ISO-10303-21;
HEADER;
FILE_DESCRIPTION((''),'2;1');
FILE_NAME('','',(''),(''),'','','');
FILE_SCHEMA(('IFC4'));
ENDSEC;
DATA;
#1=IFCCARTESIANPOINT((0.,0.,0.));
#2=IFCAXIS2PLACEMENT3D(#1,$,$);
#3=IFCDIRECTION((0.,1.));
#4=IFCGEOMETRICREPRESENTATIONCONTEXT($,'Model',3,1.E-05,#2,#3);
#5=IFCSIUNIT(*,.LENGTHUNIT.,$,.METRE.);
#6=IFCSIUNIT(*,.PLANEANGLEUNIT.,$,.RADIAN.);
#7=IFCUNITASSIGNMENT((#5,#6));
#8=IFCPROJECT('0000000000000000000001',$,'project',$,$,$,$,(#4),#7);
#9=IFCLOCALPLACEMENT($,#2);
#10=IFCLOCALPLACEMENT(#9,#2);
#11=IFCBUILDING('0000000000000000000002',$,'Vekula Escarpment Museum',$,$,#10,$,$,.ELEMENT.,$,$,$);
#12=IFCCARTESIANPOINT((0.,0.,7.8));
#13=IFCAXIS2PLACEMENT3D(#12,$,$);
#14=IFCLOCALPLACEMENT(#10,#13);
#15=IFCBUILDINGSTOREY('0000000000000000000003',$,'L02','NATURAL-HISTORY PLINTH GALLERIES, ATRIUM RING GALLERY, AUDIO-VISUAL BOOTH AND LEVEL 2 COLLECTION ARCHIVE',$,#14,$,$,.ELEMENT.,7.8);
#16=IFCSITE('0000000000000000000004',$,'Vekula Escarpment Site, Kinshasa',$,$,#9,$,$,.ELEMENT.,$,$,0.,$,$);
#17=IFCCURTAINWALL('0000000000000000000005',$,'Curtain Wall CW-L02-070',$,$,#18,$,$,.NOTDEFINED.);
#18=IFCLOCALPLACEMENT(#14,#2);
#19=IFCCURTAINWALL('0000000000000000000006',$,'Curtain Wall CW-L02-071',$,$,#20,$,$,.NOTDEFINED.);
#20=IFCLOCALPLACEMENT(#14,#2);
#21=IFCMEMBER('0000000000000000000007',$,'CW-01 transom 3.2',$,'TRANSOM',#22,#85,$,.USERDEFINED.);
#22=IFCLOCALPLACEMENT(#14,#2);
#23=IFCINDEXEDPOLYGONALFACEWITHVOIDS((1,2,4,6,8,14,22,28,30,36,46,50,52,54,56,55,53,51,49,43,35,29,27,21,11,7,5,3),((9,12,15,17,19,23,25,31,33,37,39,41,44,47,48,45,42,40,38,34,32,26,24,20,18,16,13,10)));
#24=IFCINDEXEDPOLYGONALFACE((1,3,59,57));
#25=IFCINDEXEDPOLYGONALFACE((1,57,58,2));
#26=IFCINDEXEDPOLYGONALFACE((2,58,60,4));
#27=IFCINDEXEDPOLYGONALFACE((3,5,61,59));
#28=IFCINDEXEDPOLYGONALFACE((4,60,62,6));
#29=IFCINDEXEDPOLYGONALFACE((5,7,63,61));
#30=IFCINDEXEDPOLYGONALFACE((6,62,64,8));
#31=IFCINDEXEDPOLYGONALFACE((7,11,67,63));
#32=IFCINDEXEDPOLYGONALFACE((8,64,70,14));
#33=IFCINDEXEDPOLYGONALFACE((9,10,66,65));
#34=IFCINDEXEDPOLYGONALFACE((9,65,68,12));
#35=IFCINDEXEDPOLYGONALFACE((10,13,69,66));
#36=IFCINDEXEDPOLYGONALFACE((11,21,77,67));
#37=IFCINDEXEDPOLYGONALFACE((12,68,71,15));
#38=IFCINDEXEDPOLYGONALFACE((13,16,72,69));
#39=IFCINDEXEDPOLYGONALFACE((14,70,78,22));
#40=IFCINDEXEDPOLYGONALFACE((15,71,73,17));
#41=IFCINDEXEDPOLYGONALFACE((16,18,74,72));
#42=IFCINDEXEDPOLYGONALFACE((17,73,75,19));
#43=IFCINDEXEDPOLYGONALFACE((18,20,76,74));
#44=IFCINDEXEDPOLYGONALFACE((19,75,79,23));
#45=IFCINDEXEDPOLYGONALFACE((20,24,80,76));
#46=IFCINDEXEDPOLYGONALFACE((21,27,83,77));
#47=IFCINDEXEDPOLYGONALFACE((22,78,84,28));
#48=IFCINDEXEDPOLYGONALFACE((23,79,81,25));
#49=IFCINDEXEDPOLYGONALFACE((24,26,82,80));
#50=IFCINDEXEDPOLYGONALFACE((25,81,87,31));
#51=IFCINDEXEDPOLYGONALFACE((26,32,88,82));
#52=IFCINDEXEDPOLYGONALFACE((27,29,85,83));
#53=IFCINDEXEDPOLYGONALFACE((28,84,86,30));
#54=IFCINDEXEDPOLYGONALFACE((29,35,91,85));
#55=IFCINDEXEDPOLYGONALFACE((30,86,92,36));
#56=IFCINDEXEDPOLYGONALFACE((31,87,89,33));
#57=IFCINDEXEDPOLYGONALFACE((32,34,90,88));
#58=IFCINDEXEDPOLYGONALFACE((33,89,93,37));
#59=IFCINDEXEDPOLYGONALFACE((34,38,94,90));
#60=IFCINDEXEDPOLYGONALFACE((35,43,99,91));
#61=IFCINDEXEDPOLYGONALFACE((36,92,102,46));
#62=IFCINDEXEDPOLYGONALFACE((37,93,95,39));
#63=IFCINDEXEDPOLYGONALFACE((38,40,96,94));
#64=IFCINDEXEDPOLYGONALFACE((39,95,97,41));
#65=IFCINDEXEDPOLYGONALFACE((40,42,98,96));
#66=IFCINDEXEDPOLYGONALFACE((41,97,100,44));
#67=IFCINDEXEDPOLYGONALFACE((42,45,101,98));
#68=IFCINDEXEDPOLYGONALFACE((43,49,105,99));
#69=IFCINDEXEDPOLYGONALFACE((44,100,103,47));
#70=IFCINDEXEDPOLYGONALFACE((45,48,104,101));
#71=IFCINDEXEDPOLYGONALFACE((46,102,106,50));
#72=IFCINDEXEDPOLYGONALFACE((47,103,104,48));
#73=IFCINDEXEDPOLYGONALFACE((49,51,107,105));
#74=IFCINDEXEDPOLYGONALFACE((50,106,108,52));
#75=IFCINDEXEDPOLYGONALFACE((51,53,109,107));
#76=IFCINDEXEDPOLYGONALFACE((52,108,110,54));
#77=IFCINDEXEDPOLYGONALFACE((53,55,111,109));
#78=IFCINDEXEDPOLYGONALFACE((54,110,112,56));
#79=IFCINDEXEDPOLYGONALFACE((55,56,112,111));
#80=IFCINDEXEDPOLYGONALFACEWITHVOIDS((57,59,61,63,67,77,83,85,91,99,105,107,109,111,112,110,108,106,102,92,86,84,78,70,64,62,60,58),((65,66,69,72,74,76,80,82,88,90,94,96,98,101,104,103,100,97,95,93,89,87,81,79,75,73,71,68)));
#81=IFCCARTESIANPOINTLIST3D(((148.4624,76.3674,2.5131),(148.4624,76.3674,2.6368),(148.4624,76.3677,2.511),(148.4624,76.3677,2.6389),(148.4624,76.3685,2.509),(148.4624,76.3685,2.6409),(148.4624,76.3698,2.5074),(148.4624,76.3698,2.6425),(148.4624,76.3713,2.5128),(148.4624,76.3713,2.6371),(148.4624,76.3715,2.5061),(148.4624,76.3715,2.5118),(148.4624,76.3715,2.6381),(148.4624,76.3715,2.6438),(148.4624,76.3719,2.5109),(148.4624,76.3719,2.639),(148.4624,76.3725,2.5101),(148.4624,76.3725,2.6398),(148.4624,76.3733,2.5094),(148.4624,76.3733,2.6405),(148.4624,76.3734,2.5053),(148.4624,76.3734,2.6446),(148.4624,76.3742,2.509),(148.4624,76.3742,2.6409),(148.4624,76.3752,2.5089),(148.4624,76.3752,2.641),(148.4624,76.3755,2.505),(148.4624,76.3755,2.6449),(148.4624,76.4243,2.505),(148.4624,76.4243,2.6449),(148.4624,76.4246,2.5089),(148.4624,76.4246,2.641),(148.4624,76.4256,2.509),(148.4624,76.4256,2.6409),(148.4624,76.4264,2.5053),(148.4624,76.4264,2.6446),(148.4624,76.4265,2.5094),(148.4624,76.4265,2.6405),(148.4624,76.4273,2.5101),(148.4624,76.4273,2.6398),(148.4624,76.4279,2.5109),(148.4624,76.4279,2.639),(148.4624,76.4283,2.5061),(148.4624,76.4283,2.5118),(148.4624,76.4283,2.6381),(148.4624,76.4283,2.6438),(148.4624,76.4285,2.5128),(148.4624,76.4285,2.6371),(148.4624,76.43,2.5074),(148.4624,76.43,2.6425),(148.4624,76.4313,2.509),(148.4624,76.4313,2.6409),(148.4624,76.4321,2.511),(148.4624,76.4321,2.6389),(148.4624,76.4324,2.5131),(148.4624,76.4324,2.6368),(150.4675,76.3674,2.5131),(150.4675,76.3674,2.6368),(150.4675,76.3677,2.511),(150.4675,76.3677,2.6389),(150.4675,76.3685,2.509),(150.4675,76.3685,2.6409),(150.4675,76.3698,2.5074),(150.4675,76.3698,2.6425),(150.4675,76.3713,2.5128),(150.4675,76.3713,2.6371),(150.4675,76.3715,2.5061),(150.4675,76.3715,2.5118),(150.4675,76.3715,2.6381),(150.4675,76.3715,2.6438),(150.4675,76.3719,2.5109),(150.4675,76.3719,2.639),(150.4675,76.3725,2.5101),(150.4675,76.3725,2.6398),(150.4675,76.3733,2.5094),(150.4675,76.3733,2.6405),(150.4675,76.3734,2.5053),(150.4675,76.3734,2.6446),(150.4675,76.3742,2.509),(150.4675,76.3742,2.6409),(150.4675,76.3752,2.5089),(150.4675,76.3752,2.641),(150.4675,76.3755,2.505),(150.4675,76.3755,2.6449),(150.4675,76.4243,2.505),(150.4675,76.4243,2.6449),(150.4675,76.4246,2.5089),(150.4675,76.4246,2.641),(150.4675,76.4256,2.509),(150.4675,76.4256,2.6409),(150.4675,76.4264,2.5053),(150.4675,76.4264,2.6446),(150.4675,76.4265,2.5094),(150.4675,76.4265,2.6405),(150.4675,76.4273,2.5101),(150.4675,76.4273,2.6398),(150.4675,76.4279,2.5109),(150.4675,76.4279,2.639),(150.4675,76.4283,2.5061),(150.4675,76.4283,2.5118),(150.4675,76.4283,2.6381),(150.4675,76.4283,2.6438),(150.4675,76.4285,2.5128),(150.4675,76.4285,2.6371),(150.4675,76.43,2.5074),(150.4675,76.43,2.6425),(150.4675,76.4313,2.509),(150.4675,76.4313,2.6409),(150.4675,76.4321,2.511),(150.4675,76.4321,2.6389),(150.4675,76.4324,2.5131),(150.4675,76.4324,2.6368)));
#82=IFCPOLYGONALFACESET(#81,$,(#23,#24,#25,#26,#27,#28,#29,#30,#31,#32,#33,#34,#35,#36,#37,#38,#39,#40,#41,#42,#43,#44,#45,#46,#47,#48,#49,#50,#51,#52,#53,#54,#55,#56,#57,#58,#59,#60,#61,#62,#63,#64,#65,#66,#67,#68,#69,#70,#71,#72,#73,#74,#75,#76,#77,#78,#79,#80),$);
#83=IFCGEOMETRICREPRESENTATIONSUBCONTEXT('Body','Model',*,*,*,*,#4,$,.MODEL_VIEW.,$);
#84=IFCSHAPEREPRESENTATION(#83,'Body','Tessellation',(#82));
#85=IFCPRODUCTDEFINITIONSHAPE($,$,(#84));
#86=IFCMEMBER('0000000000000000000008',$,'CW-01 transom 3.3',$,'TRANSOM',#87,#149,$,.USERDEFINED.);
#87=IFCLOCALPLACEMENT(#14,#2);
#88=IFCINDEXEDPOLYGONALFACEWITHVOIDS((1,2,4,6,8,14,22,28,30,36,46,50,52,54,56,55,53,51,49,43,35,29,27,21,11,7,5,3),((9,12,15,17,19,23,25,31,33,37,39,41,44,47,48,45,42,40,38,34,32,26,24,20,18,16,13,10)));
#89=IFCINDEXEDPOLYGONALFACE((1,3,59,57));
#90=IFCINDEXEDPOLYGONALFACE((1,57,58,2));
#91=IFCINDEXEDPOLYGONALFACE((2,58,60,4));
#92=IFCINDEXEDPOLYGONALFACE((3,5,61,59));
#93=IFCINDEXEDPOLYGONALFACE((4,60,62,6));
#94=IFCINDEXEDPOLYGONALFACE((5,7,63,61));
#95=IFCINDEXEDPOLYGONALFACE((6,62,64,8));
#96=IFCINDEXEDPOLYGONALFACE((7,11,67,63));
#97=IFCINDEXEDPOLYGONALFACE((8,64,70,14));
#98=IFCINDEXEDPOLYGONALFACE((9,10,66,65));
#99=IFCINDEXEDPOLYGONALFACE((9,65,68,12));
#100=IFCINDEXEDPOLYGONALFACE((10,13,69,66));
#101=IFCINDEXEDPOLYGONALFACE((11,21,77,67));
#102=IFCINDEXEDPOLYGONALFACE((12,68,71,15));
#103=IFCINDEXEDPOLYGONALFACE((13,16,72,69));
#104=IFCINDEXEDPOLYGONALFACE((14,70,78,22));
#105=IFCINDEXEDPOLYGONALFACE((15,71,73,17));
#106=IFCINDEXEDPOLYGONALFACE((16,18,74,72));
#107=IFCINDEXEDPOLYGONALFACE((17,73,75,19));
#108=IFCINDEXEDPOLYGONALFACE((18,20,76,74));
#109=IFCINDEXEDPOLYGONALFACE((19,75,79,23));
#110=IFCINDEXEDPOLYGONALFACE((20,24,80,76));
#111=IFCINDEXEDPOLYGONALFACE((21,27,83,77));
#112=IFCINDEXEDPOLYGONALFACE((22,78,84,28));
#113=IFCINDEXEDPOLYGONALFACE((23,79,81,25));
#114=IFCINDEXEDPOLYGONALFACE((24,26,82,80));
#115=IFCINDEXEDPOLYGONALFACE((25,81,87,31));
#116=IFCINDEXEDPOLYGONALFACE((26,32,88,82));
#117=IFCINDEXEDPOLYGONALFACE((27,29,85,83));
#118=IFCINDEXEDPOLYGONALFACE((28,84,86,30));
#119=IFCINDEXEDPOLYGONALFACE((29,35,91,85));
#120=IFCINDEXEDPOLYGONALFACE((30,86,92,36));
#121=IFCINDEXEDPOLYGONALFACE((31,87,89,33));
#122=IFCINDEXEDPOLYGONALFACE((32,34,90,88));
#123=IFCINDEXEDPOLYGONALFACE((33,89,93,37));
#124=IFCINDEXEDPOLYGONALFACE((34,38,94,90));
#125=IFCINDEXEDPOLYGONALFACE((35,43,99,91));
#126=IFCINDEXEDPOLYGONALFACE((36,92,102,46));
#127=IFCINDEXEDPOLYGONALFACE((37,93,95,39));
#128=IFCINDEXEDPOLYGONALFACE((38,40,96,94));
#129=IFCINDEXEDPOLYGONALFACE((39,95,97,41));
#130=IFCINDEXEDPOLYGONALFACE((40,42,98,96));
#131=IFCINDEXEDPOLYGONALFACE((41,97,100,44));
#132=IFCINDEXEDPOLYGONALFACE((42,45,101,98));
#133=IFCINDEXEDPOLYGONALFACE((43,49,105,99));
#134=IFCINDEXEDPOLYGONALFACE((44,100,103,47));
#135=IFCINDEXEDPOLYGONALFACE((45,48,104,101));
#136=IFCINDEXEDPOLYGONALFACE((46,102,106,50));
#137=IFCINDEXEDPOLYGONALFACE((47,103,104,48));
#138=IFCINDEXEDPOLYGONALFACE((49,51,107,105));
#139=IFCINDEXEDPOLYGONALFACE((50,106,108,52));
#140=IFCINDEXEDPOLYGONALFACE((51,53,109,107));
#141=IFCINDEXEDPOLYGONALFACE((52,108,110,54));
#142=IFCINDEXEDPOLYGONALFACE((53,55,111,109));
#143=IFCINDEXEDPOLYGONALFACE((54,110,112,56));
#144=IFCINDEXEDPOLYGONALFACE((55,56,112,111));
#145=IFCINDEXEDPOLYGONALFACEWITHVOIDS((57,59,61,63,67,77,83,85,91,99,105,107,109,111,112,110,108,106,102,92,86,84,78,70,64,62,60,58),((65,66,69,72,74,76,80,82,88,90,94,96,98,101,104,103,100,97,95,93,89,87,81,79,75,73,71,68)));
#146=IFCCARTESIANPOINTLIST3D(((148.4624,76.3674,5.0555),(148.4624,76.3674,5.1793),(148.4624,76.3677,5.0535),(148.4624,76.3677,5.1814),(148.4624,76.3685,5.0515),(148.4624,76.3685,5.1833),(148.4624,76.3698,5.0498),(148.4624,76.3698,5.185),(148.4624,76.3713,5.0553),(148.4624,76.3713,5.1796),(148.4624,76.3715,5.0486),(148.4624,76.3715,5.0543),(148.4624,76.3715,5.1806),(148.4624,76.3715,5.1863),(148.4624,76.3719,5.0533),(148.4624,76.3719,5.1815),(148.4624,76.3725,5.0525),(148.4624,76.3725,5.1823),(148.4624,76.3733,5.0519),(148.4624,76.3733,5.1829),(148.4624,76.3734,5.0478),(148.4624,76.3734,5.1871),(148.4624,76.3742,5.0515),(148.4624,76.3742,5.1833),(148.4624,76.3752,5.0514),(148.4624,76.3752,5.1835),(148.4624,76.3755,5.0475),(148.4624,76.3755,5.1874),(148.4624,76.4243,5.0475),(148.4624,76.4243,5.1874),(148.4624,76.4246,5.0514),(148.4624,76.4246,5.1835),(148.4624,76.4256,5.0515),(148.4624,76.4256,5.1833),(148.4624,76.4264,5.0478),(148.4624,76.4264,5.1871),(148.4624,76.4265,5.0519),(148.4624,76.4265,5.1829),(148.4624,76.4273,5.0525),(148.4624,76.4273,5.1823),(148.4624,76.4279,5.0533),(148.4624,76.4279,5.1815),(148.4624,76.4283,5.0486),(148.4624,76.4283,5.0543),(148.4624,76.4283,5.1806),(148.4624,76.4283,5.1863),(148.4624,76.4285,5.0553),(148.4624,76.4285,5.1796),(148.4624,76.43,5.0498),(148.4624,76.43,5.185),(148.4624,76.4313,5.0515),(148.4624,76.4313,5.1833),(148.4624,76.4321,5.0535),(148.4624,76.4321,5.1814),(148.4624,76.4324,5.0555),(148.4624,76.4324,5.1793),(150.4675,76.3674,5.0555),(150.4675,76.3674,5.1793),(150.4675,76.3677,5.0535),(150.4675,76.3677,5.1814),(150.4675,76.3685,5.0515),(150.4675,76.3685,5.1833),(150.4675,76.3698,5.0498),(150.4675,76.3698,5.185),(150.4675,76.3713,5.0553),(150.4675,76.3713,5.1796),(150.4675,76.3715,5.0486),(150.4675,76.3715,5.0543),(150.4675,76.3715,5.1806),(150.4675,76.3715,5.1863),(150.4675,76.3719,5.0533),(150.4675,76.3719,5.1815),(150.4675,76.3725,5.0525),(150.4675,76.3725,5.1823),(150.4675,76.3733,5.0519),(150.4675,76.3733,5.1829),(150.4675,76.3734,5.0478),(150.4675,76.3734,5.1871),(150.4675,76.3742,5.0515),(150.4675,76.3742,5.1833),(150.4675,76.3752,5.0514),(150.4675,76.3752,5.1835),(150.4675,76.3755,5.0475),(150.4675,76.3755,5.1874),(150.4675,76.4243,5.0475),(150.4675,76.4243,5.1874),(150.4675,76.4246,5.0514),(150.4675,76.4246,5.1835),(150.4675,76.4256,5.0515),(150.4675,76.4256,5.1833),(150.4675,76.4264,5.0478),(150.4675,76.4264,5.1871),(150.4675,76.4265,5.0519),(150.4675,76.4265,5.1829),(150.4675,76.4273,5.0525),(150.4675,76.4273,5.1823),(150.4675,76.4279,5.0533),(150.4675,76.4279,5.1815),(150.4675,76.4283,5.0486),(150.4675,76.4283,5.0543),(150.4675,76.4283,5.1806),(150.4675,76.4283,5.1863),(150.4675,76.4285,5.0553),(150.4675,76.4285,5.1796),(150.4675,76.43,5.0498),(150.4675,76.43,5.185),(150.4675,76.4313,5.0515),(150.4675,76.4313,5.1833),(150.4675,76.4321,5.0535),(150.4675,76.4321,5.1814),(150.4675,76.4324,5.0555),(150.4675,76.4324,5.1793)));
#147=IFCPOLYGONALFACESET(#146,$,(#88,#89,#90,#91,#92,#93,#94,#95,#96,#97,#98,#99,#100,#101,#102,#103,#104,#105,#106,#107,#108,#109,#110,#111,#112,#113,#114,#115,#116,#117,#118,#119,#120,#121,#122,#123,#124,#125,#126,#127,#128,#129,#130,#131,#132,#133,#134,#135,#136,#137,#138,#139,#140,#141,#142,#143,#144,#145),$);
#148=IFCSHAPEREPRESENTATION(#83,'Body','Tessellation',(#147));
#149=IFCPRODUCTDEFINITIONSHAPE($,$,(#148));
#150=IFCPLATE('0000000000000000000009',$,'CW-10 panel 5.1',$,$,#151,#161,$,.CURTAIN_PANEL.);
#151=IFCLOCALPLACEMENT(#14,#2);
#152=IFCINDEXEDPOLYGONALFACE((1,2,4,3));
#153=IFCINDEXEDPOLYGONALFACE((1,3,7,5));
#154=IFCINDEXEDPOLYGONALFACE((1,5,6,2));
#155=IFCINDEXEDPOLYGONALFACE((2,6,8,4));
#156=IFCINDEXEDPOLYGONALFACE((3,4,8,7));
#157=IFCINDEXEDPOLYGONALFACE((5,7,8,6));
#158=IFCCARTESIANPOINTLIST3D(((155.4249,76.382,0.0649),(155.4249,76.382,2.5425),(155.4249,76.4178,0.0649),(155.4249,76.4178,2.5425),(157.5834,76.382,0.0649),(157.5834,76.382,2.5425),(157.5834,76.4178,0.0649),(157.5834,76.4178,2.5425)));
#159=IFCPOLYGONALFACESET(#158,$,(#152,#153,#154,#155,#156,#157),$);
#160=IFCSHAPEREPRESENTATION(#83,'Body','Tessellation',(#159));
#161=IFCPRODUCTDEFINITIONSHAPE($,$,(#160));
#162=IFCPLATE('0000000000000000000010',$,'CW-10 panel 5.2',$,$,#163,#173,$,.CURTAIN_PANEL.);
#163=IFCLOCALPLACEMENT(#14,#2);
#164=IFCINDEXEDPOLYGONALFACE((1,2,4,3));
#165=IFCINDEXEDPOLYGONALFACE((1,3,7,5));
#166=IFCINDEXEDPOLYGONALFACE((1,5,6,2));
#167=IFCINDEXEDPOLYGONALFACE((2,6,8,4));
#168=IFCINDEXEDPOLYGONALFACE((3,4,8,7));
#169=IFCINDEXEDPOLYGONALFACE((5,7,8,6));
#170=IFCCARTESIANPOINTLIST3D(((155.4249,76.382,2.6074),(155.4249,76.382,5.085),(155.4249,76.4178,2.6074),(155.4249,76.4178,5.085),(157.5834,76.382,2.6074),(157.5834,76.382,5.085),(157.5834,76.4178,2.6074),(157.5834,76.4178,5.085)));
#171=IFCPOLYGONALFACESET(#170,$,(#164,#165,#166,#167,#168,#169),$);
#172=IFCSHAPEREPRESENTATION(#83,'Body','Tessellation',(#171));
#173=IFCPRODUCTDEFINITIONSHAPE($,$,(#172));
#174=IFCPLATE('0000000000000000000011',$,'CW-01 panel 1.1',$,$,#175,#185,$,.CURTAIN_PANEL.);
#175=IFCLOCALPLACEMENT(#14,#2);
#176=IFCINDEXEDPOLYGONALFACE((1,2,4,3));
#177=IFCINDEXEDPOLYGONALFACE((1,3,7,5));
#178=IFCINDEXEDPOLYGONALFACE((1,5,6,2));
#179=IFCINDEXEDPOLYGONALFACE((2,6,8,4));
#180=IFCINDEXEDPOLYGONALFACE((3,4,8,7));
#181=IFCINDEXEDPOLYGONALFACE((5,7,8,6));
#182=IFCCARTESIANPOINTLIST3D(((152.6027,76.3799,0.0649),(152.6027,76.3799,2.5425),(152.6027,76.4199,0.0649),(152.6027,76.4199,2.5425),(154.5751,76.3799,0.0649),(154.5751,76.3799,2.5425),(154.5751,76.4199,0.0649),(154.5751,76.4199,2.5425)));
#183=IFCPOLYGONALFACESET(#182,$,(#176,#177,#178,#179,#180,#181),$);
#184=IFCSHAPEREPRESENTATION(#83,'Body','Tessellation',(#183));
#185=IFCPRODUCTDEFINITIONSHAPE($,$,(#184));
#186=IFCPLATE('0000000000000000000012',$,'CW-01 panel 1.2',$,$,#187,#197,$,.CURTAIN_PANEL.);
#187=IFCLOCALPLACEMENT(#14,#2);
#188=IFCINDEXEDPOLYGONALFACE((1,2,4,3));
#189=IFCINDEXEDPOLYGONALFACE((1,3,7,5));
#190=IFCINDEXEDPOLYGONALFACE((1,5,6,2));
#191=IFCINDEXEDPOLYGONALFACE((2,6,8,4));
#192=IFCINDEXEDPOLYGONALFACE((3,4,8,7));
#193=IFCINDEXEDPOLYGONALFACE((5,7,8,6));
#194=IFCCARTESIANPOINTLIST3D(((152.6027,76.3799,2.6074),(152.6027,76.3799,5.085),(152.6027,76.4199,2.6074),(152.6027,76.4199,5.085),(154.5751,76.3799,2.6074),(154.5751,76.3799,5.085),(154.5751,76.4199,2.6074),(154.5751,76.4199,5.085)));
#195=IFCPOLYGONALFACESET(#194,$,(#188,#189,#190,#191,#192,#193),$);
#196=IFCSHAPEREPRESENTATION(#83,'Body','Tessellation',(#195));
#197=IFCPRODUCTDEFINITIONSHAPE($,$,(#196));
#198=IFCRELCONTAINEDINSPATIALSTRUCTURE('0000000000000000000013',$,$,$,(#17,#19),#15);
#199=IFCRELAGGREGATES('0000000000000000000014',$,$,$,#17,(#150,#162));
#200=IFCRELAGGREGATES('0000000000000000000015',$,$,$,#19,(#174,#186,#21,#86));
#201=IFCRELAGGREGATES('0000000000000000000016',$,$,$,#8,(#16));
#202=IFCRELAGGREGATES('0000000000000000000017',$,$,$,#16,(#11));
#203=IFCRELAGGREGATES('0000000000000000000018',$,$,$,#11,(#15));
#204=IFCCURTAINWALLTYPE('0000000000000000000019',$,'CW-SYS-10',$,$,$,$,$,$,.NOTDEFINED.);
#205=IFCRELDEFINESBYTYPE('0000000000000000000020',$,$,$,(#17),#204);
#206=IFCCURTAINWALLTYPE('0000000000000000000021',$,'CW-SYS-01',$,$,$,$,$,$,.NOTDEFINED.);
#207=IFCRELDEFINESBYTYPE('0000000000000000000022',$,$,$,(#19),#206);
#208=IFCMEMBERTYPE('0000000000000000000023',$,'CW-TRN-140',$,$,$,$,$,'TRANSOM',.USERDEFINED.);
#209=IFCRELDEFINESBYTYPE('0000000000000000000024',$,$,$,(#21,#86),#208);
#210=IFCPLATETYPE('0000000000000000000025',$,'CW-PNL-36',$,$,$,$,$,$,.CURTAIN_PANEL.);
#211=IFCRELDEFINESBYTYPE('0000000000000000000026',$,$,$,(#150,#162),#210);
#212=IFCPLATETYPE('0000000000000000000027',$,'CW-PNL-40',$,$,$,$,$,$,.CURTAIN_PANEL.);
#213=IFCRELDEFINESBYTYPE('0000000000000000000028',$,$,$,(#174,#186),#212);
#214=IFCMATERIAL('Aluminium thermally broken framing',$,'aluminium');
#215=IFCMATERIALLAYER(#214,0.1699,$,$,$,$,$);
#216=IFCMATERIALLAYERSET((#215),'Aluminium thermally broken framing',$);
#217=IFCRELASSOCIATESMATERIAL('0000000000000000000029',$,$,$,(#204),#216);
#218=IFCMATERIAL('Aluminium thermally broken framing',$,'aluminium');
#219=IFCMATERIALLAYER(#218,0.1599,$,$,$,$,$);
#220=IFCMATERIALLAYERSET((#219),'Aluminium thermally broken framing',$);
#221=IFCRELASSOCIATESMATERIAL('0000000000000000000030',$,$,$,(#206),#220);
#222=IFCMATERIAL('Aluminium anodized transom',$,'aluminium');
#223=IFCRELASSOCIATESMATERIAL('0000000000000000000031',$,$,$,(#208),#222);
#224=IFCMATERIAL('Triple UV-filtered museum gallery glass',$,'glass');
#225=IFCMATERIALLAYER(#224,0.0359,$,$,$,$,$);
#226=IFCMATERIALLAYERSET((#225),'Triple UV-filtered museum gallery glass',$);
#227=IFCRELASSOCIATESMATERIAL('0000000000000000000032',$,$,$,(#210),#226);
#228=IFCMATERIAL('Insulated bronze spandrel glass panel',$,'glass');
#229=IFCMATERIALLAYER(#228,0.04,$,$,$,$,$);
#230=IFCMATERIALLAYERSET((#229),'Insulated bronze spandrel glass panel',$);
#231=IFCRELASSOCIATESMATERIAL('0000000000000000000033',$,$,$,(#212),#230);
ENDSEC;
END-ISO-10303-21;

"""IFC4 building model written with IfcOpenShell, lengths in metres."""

from ifc_helpers import new_model, si_unit, direction, frame, origin, origin_2d, place, context, subcontext, project, spatial, rectangle, hollow_rectangle, extrude, material, layer, layer_set, material_profile, profile_set, type_object, element, aggregate, save


model = new_model("IFC4")

# Units and contexts
model_context = context("Model", 3, precision=1e-05, world=origin(), true_north=direction((0.0, 1.0)))
body_context = subcontext(model_context, "Body", "Model", "MODEL_VIEW")
ifc_project = project(units=[si_unit("LENGTHUNIT", "METRE"), si_unit("PLANEANGLEUNIT", "RADIAN")], contexts=[model_context])

# Site, building, storey
site_placement = place(None, origin())
site = spatial("IfcSite", under=ifc_project, at=site_placement, Name="Vekula Escarpment Site, Kinshasa", CompositionType="ELEMENT", RefElevation=0.0)
building_placement = place(site_placement, origin())
building = spatial("IfcBuilding", under=site, at=building_placement, Name="Vekula Escarpment Museum", CompositionType="ELEMENT")
storey_placement = place(building_placement, frame((0.0, 0.0, 7.8)))
storey = spatial("IfcBuildingStorey", under=building, at=storey_placement, Name="L02", Description="NATURAL-HISTORY PLINTH GALLERIES, ATRIUM RING GALLERY, AUDIO-VISUAL BOOTH AND LEVEL 2 COLLECTION ARCHIVE", CompositionType="ELEMENT", Elevation=7.8)

# Curtain wall
ifc_material_1 = material(Name="Aluminium thermally broken framing", Category="aluminium")
ifc_layer_1 = layer(ifc_material_1, 0.1699)
ifc_layer_set_1 = layer_set([ifc_layer_1], Name="Aluminium thermally broken framing")
curtain_wall_type_1 = type_object("IfcCurtainWallType", Name="CW-SYS-10", PredefinedType="NOTDEFINED", material=ifc_layer_set_1)
curtain_wall_1_placement = place(storey_placement, origin())
curtain_wall_1 = element("IfcCurtainWall", 1, at=curtain_wall_1_placement, inside=storey, type_object=curtain_wall_type_1, Name="Curtain Wall CW-L02-070", PredefinedType="NOTDEFINED")

# Curtain wall
ifc_material_2 = material(Name="Aluminium thermally broken framing", Category="aluminium")
ifc_layer_2 = layer(ifc_material_2, 0.1599)
ifc_layer_set_2 = layer_set([ifc_layer_2], Name="Aluminium thermally broken framing")
curtain_wall_type_2 = type_object("IfcCurtainWallType", Name="CW-SYS-01", PredefinedType="NOTDEFINED", material=ifc_layer_set_2)
curtain_wall_2_placement = place(storey_placement, origin())
curtain_wall_2 = element("IfcCurtainWall", 2, at=curtain_wall_2_placement, inside=storey, type_object=curtain_wall_type_2, Name="Curtain Wall CW-L02-071", PredefinedType="NOTDEFINED")

# Members
ifc_material_3 = material(Name="Aluminium anodized transom", Category="aluminium")
ifc_material_profile_1 = material_profile(ifc_material_3, hollow_rectangle(XDim=0.0649, YDim=0.1399, WallThickness=0.0039, InnerFilletRadius=0.0039, OuterFilletRadius=0.0081, at=origin_2d()), Name="ALU 140x65x4")
ifc_profile_set_1 = profile_set([ifc_material_profile_1], Name="Aluminium anodized transom")
member_type_1 = type_object("IfcMemberType", Name="CW-TRN-140", ElementType="TRANSOM", PredefinedType="USERDEFINED", material=ifc_profile_set_1)
member_1_placement = place(storey_placement, frame((150.4675, 76.3999, 2.575), z_axis=(-1.0, 0.0, 0.0), x_axis=(0.0, -1.0, 0.0)))
member_1 = element("IfcMember", 3, at=member_1_placement, type_object=member_type_1, Name="CW-01 transom 3.2", ObjectType="TRANSOM", PredefinedType="USERDEFINED", context=body_context, shape_type="SweptSolid", body=[
    extrude(hollow_rectangle(XDim=0.0649, YDim=0.1399, WallThickness=0.0039, InnerFilletRadius=0.0039, OuterFilletRadius=0.0081, at=origin_2d()), origin(), (0.0, 0.0, 1.0), 2.0051),
])
member_2_placement = place(storey_placement, frame((150.4675, 76.3999, 5.1174), z_axis=(-1.0, 0.0, 0.0), x_axis=(0.0, -1.0, 0.0)))
member_2 = element("IfcMember", 4, at=member_2_placement, type_object=member_type_1, Name="CW-01 transom 3.3", ObjectType="TRANSOM", PredefinedType="USERDEFINED", context=body_context, shape_type="SweptSolid", body=[
    extrude(hollow_rectangle(XDim=0.0649, YDim=0.1399, WallThickness=0.0039, InnerFilletRadius=0.0039, OuterFilletRadius=0.0081, at=origin_2d()), origin(), (0.0, 0.0, 1.0), 2.0051),
])

# Plates
ifc_material_4 = material(Name="Triple UV-filtered museum gallery glass", Category="glass")
ifc_layer_3 = layer(ifc_material_4, 0.0359)
ifc_layer_set_3 = layer_set([ifc_layer_3], Name="Triple UV-filtered museum gallery glass")
plate_type_1 = type_object("IfcPlateType", Name="CW-PNL-36", PredefinedType="CURTAIN_PANEL", material=ifc_layer_set_3)
plate_1_placement = place(storey_placement, frame((156.5042, 76.3999, 0.0649), z_axis=(0.0, 0.0, 1.0), x_axis=(-1.0, 0.0, 0.0)))
plate_1 = element("IfcPlate", 5, at=plate_1_placement, type_object=plate_type_1, Name="CW-10 panel 5.1", PredefinedType="CURTAIN_PANEL", context=body_context, shape_type="SweptSolid", body=[
    extrude(rectangle(XDim=2.1584, YDim=0.0359, at=origin_2d()), origin(), (0.0, 0.0, 1.0), 2.4775),
])
plate_2_placement = place(storey_placement, frame((156.5042, 76.3999, 2.6074), z_axis=(0.0, 0.0, 1.0), x_axis=(-1.0, 0.0, 0.0)))
plate_2 = element("IfcPlate", 6, at=plate_2_placement, type_object=plate_type_1, Name="CW-10 panel 5.2", PredefinedType="CURTAIN_PANEL", context=body_context, shape_type="SweptSolid", body=[
    extrude(rectangle(XDim=2.1584, YDim=0.0359, at=origin_2d()), origin(), (0.0, 0.0, 1.0), 2.4775),
])
aggregate(curtain_wall_1, [plate_1, plate_2])
ifc_material_5 = material(Name="Insulated bronze spandrel glass panel", Category="glass")
ifc_layer_4 = layer(ifc_material_5, 0.04)
ifc_layer_set_4 = layer_set([ifc_layer_4], Name="Insulated bronze spandrel glass panel")
plate_type_2 = type_object("IfcPlateType", Name="CW-PNL-40", PredefinedType="CURTAIN_PANEL", material=ifc_layer_set_4)
plate_3_placement = place(storey_placement, frame((153.5889, 76.3999, 0.0649), z_axis=(0.0, 0.0, 1.0), x_axis=(-1.0, 0.0, 0.0)))
plate_3 = element("IfcPlate", 7, at=plate_3_placement, type_object=plate_type_2, Name="CW-01 panel 1.1", PredefinedType="CURTAIN_PANEL", context=body_context, shape_type="SweptSolid", body=[
    extrude(rectangle(XDim=1.9724, YDim=0.04, at=origin_2d()), origin(), (0.0, 0.0, 1.0), 2.4775),
])
plate_4_placement = place(storey_placement, frame((153.5889, 76.3999, 2.6074), z_axis=(0.0, 0.0, 1.0), x_axis=(-1.0, 0.0, 0.0)))
plate_4 = element("IfcPlate", 8, at=plate_4_placement, type_object=plate_type_2, Name="CW-01 panel 1.2", PredefinedType="CURTAIN_PANEL", context=body_context, shape_type="SweptSolid", body=[
    extrude(rectangle(XDim=1.9724, YDim=0.04, at=origin_2d()), origin(), (0.0, 0.0, 1.0), 2.4775),
])
aggregate(curtain_wall_2, [plate_3, plate_4, member_1, member_2])

save(model, "model.ifc")
